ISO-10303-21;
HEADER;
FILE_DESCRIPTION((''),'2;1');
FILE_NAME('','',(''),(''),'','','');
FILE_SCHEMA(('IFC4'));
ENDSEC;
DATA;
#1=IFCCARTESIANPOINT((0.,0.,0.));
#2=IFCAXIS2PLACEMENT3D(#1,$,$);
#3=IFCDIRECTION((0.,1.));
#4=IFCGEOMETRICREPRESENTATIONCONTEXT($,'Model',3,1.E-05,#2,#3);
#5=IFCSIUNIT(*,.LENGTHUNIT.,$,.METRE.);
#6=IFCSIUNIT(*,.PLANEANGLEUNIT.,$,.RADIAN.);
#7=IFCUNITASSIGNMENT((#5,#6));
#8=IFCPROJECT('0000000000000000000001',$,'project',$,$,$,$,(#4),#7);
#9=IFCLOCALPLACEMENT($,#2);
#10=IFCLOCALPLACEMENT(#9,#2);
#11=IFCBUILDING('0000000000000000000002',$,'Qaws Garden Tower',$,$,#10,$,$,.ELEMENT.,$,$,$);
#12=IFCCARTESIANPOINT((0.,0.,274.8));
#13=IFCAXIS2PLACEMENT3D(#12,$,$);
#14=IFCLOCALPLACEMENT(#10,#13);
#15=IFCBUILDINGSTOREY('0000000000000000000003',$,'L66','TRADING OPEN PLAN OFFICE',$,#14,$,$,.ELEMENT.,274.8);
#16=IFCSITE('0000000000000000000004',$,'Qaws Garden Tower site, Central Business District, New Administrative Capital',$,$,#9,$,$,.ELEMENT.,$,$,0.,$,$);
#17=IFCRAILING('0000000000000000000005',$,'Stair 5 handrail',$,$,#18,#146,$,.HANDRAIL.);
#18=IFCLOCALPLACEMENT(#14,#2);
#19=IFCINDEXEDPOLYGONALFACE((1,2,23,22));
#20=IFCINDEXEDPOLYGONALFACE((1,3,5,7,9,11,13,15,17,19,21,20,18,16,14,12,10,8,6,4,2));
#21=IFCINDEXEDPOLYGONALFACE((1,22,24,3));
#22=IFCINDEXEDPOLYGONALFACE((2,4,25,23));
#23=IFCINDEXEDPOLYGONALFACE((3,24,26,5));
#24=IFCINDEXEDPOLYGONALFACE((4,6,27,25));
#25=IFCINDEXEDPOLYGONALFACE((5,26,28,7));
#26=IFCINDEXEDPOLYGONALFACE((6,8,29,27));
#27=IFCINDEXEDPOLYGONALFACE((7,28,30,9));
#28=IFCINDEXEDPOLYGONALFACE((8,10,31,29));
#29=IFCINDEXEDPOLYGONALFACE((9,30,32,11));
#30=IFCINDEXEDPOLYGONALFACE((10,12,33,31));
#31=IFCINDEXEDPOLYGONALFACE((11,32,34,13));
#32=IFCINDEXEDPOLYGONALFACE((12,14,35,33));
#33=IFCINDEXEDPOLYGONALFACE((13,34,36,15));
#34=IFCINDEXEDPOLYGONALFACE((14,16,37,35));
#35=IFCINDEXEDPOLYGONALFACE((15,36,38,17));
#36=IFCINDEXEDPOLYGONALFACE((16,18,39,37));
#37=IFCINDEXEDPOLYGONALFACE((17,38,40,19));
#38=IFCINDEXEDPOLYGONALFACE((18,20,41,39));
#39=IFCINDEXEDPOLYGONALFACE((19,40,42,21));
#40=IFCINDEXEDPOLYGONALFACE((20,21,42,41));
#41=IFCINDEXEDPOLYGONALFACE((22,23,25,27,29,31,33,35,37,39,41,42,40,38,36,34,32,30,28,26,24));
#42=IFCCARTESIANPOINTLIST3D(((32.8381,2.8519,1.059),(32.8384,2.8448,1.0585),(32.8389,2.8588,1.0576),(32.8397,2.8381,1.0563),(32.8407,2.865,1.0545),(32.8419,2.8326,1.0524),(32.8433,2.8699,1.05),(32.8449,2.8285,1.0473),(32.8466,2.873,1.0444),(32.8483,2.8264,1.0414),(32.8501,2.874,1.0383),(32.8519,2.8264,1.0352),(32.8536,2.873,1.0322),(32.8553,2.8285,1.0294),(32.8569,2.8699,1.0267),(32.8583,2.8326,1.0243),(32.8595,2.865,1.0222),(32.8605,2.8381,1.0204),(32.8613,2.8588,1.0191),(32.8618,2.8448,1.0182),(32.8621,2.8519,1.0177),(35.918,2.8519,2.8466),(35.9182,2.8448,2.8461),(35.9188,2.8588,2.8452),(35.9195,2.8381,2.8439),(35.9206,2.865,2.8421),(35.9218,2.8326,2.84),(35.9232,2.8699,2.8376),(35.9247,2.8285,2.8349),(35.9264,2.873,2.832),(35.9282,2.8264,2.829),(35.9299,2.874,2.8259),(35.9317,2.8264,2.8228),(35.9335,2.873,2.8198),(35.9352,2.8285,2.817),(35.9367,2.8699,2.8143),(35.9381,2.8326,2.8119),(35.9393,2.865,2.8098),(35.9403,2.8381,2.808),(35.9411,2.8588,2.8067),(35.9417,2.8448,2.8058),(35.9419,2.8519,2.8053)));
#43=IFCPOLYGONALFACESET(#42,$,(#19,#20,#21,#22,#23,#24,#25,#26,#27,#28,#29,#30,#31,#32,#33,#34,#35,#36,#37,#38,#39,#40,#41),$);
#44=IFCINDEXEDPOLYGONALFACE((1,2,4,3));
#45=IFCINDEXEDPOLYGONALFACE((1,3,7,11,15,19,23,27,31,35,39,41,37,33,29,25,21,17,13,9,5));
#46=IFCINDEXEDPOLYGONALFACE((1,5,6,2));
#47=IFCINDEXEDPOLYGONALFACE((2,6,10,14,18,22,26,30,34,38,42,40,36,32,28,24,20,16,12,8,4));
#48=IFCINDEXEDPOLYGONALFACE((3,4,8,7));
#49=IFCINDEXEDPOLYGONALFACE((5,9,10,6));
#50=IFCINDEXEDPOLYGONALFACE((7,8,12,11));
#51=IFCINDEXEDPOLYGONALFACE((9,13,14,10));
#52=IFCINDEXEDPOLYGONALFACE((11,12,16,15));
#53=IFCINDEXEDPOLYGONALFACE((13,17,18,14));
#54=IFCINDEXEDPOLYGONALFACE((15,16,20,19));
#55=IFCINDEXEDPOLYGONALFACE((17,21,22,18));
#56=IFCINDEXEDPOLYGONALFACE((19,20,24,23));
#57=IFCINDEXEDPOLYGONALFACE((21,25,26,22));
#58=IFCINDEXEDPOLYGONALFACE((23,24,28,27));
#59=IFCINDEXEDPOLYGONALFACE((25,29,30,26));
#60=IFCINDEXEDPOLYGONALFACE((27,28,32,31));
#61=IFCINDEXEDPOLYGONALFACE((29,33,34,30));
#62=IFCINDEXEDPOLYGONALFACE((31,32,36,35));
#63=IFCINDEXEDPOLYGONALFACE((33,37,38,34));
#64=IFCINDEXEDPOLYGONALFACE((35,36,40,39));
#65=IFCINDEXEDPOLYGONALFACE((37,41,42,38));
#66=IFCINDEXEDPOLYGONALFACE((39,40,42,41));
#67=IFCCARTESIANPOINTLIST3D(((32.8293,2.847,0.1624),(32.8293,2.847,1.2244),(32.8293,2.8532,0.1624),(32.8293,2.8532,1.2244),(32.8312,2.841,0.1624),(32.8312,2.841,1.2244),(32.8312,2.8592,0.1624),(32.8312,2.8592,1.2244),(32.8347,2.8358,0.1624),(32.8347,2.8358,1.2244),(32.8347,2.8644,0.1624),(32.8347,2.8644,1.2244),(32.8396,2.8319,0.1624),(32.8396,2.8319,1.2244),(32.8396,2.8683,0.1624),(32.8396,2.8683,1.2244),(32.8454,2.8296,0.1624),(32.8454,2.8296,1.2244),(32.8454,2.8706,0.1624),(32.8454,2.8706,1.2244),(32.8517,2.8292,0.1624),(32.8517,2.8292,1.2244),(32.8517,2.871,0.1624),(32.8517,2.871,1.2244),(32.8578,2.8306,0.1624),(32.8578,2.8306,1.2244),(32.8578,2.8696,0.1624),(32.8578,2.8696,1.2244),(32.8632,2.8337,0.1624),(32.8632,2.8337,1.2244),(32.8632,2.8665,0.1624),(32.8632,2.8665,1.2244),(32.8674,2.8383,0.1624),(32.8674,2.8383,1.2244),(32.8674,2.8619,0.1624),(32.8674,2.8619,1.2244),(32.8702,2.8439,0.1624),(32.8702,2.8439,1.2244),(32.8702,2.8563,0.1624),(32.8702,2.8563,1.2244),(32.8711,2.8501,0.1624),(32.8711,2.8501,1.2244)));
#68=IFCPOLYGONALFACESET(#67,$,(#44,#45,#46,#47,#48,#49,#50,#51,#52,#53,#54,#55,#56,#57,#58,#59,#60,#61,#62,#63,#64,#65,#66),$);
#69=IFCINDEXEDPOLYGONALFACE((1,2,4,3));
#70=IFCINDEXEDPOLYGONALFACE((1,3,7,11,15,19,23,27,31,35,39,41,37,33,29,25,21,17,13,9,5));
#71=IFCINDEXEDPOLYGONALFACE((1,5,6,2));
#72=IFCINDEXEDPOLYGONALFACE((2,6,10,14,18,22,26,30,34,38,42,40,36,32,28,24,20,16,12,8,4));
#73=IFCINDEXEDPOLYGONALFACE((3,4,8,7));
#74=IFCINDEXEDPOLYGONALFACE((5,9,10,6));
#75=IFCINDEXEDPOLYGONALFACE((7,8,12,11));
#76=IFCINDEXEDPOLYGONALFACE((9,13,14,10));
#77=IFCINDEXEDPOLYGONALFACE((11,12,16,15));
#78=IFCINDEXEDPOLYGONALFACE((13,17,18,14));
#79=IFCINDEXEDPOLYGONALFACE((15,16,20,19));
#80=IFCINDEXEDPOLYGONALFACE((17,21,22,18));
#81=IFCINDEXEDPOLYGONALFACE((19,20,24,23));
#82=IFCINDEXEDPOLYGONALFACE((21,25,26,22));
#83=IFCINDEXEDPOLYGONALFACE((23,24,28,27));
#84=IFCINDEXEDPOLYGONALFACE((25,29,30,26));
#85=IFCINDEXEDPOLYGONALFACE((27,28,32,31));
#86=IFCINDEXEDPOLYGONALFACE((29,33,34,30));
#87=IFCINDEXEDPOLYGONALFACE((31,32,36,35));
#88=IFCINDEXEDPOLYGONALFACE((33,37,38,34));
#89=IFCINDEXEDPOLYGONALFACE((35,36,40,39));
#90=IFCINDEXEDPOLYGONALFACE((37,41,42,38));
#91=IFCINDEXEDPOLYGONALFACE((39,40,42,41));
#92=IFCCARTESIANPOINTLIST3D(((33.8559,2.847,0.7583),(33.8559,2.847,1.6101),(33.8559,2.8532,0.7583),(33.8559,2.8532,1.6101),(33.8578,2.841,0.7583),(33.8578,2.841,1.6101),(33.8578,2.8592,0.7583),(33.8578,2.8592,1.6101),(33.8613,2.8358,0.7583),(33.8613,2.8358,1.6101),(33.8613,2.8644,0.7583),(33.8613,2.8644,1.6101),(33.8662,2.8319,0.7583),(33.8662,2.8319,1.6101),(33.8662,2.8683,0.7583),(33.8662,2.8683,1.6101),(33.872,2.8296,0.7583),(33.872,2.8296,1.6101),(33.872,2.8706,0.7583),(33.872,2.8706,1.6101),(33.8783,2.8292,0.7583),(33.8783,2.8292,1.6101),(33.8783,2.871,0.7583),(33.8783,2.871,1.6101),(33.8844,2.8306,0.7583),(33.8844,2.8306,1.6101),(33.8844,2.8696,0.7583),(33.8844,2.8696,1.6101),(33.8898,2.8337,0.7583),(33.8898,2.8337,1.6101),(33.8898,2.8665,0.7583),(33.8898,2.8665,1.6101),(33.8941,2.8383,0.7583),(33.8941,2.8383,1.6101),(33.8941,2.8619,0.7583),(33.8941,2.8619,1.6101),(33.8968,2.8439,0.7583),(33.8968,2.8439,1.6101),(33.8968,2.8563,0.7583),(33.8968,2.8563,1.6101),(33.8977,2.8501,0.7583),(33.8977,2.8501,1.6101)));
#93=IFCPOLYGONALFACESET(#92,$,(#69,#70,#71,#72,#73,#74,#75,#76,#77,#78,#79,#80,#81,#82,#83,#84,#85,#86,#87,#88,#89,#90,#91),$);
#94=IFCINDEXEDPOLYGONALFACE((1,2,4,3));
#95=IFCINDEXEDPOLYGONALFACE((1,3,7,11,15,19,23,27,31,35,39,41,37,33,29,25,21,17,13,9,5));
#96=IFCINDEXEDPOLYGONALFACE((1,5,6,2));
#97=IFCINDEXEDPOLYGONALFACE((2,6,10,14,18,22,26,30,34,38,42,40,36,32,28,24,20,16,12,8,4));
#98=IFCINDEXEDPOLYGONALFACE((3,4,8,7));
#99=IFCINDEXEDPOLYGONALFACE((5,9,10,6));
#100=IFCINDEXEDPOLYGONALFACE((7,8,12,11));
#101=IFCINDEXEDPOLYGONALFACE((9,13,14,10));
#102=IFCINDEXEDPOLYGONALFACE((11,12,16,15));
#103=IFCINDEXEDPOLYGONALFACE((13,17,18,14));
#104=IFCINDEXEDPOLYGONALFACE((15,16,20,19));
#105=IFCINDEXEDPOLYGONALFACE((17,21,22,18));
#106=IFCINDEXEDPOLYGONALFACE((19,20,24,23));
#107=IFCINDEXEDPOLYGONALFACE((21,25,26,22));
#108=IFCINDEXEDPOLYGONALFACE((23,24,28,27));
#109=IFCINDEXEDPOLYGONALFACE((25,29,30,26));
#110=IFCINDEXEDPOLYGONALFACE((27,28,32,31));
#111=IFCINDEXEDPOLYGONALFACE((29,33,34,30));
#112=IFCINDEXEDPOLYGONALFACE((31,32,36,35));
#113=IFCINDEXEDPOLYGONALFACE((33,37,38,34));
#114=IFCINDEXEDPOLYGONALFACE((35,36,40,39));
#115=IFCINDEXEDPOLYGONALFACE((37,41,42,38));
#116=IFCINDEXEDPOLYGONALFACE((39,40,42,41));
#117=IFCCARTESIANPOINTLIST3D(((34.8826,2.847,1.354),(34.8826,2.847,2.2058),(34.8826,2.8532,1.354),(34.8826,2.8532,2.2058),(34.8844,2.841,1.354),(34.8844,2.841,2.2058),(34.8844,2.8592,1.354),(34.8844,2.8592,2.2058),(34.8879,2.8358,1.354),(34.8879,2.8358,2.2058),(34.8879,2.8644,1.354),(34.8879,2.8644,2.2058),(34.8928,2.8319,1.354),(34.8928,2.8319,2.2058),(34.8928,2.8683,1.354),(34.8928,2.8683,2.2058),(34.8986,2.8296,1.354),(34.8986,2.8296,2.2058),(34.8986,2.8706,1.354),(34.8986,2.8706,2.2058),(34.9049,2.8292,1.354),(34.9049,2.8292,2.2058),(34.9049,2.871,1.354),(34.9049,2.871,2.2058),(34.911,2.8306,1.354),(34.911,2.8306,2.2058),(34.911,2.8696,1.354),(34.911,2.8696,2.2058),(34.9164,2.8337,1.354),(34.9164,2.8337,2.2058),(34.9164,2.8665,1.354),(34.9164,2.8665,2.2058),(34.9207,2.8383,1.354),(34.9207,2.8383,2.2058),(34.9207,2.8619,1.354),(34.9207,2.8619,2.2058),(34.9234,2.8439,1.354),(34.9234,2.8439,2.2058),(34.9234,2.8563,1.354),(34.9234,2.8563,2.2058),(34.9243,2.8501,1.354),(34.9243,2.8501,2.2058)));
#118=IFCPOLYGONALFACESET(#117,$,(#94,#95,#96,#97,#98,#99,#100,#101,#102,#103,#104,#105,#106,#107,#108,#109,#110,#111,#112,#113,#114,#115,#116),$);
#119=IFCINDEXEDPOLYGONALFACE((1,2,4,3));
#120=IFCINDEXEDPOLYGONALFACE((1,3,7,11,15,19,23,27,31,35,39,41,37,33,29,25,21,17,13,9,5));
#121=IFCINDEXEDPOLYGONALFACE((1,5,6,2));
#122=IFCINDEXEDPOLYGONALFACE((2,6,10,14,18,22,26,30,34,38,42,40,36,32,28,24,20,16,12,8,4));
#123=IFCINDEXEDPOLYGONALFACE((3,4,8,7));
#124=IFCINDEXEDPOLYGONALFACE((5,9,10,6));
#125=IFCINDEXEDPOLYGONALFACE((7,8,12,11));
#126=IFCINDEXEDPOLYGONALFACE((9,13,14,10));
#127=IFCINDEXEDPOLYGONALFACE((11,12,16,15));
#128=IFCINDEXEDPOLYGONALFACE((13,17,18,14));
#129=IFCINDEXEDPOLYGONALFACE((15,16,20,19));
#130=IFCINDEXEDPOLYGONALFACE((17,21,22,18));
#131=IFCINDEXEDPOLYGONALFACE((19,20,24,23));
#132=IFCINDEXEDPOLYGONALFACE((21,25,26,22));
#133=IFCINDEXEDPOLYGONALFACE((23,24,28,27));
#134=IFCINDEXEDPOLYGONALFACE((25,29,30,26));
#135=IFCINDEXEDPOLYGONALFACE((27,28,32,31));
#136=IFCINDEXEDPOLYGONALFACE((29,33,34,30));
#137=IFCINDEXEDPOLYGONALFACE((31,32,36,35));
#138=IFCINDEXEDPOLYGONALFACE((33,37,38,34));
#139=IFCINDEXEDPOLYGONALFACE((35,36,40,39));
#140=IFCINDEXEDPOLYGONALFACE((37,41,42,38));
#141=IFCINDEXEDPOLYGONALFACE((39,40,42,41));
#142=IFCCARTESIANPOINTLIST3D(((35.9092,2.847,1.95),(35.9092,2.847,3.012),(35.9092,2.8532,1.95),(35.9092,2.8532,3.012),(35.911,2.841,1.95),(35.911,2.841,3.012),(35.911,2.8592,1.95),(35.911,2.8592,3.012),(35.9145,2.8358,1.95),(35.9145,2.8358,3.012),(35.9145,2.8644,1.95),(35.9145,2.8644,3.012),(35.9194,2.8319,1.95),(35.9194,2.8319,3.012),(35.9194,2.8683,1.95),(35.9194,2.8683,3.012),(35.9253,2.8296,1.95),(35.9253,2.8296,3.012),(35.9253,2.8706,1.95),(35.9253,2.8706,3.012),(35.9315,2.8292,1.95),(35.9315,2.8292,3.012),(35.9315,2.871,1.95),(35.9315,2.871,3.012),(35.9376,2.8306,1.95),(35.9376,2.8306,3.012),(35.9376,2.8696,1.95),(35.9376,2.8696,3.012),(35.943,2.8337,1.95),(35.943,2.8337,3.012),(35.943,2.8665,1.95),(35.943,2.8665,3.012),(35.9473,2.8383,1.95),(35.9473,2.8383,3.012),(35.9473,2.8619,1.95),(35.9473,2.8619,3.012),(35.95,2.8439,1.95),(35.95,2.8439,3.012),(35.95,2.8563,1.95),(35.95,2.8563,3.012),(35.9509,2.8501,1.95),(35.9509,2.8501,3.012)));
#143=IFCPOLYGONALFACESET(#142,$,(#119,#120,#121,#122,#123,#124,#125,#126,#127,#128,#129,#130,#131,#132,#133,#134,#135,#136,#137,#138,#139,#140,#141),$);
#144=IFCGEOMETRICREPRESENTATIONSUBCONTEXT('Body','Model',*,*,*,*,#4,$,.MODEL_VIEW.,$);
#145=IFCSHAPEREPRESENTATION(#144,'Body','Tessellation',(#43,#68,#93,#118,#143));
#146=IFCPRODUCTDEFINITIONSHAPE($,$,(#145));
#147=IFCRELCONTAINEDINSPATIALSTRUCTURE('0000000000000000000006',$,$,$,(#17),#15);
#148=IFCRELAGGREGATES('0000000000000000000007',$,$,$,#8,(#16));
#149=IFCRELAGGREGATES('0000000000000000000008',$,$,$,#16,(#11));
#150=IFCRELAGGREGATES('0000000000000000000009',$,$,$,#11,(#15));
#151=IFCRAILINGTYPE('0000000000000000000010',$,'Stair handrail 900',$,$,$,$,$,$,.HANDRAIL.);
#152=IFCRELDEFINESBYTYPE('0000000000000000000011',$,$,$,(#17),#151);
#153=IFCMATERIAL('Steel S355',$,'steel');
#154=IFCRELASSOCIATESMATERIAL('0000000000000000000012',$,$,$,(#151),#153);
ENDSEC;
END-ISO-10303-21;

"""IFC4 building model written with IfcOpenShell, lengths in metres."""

from ifc_helpers import new_model, si_unit, direction, frame, origin, origin_2d, place, context, subcontext, project, spatial, circle, extrude, material, type_object, element, save


model = new_model("IFC4")

# Units and contexts
model_context = context("Model", 3, precision=1e-05, world=origin(), true_north=direction((0.0, 1.0)))
body_context = subcontext(model_context, "Body", "Model", "MODEL_VIEW")
ifc_project = project(units=[si_unit("LENGTHUNIT", "METRE"), si_unit("PLANEANGLEUNIT", "RADIAN")], contexts=[model_context])

# Site, building, storey
site_placement = place(None, origin())
site = spatial("IfcSite", under=ifc_project, at=site_placement, Name="Qaws Garden Tower site, Central Business District, New Administrative Capital", CompositionType="ELEMENT", RefElevation=0.0)
building_placement = place(site_placement, origin())
building = spatial("IfcBuilding", under=site, at=building_placement, Name="Qaws Garden Tower", CompositionType="ELEMENT")
storey_placement = place(building_placement, frame((0.0, 0.0, 274.8)))
storey = spatial("IfcBuildingStorey", under=building, at=storey_placement, Name="L66", Description="TRADING OPEN PLAN OFFICE", CompositionType="ELEMENT", Elevation=274.8)

# Railing
ifc_material_1 = material(Name="Steel S355", Category="steel")
railing_type = type_object("IfcRailingType", Name="Stair handrail 900", PredefinedType="HANDRAIL", material=ifc_material_1)
railing_1_placement = place(storey_placement, frame((32.8501, 2.8501, 0.1624)))
element("IfcRailing", 1, at=railing_1_placement, inside=storey, type_object=railing_type, Name="Stair 5 handrail", PredefinedType="HANDRAIL", context=body_context, shape_type="SweptSolid", body=[
    extrude(circle(Radius=0.0239, at=origin_2d()), frame((0.0, 0.0, 0.876), z_axis=(0.864873, 0.0, 0.50199), x_axis=(0.0, 1.0, 0.0)), (0.0, 0.0, 1.0), 3.561),
    extrude(circle(Radius=0.021, at=origin_2d()), origin(), (0.0, 0.0, 1.0), 1.062),
    extrude(circle(Radius=0.021, at=origin_2d()), frame((1.0266, 0.0, 0.5959)), (0.0, 0.0, 1.0), 0.8518),
    extrude(circle(Radius=0.021, at=origin_2d()), frame((2.0532, 0.0, 1.1917)), (0.0, 0.0, 1.0), 0.8518),
    extrude(circle(Radius=0.021, at=origin_2d()), frame((3.0798, 0.0, 1.7876)), (0.0, 0.0, 1.0), 1.062),
])

save(model, "model.ifc")
